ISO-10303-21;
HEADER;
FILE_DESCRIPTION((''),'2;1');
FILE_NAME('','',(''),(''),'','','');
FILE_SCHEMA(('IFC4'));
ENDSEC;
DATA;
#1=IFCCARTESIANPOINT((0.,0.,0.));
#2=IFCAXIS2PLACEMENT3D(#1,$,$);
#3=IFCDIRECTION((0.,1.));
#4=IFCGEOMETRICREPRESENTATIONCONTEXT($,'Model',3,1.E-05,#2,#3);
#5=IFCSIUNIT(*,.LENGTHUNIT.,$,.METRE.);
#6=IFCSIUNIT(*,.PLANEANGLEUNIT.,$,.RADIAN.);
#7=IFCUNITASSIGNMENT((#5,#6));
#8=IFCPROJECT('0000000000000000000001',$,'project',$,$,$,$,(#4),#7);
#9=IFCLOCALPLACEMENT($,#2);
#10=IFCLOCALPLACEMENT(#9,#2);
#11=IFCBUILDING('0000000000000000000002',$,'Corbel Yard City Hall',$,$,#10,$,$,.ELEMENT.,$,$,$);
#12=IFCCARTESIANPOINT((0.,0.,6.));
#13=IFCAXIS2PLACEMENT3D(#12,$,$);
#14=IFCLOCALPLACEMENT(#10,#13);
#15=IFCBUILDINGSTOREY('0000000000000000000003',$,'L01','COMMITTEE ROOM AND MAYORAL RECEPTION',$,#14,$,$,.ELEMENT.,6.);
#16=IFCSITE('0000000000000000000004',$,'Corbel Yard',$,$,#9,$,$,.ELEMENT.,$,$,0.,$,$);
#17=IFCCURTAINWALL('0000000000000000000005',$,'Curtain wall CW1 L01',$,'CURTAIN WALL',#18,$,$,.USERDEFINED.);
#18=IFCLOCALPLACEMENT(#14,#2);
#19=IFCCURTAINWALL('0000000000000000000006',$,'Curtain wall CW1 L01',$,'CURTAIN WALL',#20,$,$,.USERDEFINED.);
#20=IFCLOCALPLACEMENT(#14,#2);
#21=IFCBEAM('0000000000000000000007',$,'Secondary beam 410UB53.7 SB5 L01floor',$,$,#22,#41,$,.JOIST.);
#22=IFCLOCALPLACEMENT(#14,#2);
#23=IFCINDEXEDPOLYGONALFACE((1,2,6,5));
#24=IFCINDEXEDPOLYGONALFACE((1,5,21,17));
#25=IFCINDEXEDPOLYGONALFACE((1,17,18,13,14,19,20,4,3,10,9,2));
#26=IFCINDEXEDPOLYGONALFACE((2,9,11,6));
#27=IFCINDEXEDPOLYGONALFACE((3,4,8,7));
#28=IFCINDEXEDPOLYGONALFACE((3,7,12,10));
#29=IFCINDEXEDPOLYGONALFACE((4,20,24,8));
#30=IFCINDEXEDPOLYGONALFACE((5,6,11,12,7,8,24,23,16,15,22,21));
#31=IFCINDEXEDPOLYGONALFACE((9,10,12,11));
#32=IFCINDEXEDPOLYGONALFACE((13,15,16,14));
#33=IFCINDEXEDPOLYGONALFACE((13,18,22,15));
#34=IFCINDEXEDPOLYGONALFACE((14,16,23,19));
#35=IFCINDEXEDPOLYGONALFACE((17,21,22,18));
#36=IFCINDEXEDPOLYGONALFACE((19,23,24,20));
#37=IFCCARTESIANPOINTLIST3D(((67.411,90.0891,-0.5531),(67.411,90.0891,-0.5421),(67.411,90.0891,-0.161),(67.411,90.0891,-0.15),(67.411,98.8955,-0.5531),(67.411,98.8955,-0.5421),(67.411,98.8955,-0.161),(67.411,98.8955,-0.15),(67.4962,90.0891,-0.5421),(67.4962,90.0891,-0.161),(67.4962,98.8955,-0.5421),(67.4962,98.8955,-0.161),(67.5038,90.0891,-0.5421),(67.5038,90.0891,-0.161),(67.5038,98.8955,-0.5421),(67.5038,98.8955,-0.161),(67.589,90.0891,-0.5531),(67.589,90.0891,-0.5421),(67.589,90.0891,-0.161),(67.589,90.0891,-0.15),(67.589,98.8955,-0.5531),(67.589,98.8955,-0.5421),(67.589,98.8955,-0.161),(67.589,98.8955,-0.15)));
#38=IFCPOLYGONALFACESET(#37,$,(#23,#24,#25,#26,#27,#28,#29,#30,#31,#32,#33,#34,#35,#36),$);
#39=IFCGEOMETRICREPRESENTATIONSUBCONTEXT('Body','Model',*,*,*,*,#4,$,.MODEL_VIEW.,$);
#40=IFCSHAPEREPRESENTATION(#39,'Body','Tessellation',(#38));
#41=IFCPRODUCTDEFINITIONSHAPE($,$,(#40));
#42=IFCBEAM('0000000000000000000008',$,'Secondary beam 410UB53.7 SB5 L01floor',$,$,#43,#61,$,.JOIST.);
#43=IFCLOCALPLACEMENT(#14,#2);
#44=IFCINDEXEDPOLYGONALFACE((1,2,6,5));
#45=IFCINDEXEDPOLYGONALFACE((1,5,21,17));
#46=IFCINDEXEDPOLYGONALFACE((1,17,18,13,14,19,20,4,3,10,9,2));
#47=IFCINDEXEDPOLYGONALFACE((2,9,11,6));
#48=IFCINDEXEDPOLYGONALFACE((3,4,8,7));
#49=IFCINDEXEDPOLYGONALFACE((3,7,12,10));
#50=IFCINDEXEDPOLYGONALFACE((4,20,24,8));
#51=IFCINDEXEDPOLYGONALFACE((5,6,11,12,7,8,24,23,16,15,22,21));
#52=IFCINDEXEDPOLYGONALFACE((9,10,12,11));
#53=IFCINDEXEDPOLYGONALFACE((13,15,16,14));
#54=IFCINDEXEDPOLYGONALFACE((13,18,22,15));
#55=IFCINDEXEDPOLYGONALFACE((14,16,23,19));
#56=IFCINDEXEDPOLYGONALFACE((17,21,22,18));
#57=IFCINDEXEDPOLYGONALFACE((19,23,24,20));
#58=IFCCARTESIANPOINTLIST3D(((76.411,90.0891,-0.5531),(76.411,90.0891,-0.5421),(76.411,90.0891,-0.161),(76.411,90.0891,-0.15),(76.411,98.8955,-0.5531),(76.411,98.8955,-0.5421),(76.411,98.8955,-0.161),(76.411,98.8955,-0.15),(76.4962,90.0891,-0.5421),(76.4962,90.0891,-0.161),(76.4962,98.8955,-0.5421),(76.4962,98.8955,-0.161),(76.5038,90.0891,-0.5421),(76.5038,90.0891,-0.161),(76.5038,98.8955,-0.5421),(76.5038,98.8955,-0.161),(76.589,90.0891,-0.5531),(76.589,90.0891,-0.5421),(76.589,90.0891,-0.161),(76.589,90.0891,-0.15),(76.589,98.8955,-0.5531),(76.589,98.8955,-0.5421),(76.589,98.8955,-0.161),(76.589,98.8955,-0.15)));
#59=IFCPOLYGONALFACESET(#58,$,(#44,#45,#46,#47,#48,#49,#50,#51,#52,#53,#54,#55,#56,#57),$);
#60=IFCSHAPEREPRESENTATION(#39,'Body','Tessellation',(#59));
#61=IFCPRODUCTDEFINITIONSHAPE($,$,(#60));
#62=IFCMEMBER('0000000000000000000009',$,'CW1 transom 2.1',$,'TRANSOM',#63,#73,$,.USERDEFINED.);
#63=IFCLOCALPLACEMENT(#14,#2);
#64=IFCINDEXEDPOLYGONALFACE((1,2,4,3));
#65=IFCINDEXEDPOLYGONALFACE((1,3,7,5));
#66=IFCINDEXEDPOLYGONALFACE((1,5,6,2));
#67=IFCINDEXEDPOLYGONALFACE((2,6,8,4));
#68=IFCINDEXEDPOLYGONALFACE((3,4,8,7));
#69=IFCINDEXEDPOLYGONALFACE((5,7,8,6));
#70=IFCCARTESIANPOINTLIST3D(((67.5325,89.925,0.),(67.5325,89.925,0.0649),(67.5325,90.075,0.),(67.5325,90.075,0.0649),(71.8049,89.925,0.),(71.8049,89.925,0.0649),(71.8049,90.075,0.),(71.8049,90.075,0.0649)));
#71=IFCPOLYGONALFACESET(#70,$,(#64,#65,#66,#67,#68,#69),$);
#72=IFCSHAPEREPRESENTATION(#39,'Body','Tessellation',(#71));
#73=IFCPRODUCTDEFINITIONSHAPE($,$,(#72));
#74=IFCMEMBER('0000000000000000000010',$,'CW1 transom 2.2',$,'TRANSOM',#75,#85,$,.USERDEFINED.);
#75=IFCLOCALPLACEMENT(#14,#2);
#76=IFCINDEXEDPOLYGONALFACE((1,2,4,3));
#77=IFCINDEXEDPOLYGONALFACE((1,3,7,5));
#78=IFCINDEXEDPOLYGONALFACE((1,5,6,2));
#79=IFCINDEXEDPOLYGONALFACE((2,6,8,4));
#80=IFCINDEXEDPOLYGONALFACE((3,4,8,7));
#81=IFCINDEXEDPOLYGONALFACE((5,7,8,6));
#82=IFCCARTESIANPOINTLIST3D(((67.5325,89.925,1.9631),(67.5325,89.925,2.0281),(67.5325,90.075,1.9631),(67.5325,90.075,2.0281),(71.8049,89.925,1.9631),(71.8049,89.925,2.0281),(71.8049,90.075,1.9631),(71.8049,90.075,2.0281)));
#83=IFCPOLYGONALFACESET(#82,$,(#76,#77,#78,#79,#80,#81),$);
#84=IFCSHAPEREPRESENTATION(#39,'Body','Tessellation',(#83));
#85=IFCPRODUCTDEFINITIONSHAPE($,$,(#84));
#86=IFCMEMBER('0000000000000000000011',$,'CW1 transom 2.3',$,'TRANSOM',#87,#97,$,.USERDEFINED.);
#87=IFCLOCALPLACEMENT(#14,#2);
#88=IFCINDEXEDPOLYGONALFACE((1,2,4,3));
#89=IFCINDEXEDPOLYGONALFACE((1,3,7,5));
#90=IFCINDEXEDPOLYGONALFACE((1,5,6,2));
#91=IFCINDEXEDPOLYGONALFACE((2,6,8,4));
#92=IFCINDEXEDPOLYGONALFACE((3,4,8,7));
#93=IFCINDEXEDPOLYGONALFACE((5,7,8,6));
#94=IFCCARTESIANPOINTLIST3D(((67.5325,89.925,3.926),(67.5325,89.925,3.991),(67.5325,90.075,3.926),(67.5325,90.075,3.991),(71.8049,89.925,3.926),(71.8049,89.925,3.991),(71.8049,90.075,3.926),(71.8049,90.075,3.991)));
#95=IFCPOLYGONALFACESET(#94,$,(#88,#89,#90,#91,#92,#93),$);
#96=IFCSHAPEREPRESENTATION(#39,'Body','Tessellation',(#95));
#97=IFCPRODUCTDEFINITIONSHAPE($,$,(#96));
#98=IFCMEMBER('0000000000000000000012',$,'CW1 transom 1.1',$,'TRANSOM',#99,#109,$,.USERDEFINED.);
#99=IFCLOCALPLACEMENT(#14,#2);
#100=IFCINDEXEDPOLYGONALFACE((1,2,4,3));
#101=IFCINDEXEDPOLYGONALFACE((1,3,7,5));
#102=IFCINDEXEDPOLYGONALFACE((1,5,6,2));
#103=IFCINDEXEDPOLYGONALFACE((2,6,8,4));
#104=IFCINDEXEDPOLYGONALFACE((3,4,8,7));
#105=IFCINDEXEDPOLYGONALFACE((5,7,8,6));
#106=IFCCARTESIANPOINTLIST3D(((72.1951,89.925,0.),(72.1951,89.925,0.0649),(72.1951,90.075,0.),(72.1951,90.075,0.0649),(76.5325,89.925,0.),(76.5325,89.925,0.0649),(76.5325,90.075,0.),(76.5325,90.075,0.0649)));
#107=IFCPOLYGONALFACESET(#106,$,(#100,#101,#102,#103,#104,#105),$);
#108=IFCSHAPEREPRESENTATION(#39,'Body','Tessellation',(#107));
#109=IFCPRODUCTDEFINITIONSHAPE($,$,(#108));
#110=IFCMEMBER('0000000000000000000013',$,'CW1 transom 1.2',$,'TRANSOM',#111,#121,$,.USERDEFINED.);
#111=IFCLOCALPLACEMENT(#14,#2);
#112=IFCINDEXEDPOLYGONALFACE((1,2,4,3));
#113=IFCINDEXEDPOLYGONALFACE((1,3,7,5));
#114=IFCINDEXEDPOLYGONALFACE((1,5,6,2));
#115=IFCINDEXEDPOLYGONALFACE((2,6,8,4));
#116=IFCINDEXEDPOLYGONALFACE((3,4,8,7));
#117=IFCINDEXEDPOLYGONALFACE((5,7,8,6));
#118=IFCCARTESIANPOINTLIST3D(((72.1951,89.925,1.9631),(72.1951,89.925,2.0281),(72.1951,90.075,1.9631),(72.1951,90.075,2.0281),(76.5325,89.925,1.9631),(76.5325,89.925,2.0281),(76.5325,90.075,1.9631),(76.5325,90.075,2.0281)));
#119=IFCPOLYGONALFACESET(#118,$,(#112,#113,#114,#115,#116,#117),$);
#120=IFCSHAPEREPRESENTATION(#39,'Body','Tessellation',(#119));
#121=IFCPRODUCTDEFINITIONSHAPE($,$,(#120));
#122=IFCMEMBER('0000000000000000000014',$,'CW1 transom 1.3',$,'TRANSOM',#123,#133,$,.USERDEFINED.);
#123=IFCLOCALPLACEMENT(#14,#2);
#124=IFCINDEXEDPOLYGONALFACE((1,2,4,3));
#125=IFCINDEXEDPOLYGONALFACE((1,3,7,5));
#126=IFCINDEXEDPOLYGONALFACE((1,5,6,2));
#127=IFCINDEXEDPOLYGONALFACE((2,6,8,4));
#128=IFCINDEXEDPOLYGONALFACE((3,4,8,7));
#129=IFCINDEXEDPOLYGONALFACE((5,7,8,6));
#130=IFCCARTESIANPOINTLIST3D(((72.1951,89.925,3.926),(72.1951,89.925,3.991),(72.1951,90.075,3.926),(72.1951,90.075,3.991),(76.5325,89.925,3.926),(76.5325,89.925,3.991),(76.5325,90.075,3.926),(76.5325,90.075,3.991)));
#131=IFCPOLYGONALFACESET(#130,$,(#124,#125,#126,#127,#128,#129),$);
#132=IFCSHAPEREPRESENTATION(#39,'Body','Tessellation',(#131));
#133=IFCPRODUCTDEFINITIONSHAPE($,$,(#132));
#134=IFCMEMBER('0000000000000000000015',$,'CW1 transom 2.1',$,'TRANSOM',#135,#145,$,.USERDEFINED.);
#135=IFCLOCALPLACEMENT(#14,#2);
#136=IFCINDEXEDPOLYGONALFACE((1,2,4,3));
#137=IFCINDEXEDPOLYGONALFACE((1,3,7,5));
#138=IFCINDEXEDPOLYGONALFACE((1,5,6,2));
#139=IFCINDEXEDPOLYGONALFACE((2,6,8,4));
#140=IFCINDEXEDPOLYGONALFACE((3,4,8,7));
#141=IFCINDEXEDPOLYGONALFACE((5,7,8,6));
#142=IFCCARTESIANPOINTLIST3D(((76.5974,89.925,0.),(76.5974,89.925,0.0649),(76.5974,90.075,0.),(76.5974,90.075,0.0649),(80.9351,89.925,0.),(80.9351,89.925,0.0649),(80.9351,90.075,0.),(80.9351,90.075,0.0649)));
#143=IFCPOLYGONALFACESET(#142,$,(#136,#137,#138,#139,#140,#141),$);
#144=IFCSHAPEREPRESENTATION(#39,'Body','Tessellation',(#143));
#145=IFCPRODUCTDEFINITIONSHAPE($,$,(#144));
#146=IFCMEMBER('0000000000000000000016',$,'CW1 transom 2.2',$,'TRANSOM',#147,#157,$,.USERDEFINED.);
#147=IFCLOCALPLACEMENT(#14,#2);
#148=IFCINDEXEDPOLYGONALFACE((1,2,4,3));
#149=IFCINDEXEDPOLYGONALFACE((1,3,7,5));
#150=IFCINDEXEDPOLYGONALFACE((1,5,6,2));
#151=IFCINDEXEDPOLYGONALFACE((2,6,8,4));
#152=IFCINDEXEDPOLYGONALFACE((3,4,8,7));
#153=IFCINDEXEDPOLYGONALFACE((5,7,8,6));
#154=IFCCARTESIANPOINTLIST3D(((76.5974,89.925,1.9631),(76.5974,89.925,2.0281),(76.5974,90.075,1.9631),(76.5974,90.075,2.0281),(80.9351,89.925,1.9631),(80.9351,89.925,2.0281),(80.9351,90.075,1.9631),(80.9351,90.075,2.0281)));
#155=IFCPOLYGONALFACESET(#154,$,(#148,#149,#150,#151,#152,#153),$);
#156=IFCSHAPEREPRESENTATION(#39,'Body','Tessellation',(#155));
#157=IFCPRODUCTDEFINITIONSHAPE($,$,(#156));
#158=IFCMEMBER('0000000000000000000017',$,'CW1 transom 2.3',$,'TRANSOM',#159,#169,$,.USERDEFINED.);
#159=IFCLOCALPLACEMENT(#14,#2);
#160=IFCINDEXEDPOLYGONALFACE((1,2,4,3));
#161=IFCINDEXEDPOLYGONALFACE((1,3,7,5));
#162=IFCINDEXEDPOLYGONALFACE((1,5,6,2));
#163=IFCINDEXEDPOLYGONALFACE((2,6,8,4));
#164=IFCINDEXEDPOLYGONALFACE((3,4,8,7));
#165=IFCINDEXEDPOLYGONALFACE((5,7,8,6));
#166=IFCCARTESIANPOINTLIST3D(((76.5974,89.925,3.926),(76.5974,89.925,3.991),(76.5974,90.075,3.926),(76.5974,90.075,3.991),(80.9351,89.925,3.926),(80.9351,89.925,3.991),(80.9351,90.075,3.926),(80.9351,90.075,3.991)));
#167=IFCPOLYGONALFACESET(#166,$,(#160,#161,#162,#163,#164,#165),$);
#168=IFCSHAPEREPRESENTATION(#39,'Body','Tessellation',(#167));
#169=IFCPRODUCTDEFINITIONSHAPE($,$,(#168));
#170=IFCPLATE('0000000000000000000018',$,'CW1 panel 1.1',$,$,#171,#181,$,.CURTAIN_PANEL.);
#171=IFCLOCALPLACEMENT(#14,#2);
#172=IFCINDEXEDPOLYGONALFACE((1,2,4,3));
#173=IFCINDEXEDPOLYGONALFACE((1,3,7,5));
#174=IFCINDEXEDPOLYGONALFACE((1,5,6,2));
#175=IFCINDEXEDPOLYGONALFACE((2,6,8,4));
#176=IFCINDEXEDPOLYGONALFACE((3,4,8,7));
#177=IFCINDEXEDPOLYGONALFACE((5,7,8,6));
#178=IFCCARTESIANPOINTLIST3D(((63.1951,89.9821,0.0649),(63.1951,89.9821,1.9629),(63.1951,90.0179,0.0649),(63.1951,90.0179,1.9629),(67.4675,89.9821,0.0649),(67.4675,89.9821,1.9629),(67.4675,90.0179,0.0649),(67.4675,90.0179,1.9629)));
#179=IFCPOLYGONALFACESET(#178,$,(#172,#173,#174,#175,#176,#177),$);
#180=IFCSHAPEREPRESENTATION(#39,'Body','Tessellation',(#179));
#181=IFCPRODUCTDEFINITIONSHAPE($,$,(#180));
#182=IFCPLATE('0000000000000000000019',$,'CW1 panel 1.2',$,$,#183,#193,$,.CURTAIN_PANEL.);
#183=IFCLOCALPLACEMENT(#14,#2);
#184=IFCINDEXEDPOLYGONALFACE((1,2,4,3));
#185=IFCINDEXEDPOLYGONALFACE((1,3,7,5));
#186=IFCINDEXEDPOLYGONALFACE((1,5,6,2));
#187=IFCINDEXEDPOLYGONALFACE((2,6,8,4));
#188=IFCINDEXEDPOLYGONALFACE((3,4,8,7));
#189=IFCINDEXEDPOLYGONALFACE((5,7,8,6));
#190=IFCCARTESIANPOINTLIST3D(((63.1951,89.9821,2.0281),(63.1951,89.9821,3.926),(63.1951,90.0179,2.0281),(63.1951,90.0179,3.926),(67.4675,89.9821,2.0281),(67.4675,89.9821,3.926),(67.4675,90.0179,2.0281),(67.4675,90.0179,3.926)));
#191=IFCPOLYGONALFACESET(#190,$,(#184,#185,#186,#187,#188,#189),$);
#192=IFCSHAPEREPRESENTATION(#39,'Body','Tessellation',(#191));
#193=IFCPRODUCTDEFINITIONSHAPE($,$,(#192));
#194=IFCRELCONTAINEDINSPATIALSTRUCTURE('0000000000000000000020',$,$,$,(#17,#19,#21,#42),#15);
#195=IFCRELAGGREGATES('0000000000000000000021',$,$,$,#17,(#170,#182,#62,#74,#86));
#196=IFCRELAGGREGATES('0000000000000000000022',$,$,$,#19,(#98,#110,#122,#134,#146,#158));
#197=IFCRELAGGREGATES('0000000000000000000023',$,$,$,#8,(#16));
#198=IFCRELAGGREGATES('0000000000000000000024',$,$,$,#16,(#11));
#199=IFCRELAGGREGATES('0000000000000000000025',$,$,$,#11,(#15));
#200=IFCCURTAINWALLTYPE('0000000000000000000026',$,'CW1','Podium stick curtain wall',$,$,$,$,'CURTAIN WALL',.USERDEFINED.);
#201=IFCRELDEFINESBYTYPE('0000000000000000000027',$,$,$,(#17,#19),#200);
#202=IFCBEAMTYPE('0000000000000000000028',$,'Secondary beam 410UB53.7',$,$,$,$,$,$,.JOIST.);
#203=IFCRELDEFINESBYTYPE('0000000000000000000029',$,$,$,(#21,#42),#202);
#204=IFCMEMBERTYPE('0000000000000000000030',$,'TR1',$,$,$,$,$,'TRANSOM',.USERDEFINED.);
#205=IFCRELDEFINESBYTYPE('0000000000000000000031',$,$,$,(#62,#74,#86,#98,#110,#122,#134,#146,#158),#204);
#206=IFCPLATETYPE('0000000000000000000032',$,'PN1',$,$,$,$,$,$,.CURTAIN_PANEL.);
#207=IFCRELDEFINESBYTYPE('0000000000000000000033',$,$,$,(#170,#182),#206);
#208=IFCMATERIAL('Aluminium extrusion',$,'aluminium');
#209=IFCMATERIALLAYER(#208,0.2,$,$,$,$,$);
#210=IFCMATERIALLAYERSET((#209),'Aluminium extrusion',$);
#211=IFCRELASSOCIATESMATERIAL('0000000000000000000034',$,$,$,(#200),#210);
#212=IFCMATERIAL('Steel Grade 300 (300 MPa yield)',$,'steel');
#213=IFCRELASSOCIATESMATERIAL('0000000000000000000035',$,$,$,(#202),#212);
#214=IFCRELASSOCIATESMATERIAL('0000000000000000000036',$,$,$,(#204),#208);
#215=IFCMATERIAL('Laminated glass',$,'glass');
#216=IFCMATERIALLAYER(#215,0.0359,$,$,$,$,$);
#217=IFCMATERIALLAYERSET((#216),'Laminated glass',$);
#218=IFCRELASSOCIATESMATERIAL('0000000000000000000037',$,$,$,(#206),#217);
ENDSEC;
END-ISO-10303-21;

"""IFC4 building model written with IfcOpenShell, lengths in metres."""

from ifc_helpers import new_model, si_unit, direction, frame, origin, origin_2d, place, context, subcontext, project, spatial, rectangle, i_section, extrude, material, layer, layer_set, material_profile, profile_set, type_object, element, aggregate, save


model = new_model("IFC4")

# Units and contexts
model_context = context("Model", 3, precision=1e-05, world=origin(), true_north=direction((0.0, 1.0)))
body_context = subcontext(model_context, "Body", "Model", "MODEL_VIEW")
ifc_project = project(units=[si_unit("LENGTHUNIT", "METRE"), si_unit("PLANEANGLEUNIT", "RADIAN")], contexts=[model_context])

# Site, building, storey
site_placement = place(None, origin())
site = spatial("IfcSite", under=ifc_project, at=site_placement, Name="Corbel Yard", CompositionType="ELEMENT", RefElevation=0.0)
building_placement = place(site_placement, origin())
building = spatial("IfcBuilding", under=site, at=building_placement, Name="Corbel Yard City Hall", CompositionType="ELEMENT")
storey_placement = place(building_placement, frame((0.0, 0.0, 6.0)))
storey = spatial("IfcBuildingStorey", under=building, at=storey_placement, Name="L01", Description="COMMITTEE ROOM AND MAYORAL RECEPTION", CompositionType="ELEMENT", Elevation=6.0)

# Shared definitions
ifc_material_1 = material(Name="Steel Grade 300 (300 MPa yield)", Category="steel")

# Curtain walls
ifc_material_2 = material(Name="Aluminium extrusion", Category="aluminium")
ifc_layer_1 = layer(ifc_material_2, 0.2)
ifc_layer_set_1 = layer_set([ifc_layer_1], Name="Aluminium extrusion")
curtain_wall_type = type_object("IfcCurtainWallType", Name="CW1", Description="Podium stick curtain wall", ElementType="CURTAIN WALL", PredefinedType="USERDEFINED", material=ifc_layer_set_1)
curtain_wall_1_placement = place(storey_placement, origin())
curtain_wall_1 = element("IfcCurtainWall", 1, at=curtain_wall_1_placement, inside=storey, type_object=curtain_wall_type, Name="Curtain wall CW1 L01", ObjectType="CURTAIN WALL", PredefinedType="USERDEFINED")
curtain_wall_2_placement = place(storey_placement, origin())
curtain_wall_2 = element("IfcCurtainWall", 2, at=curtain_wall_2_placement, inside=storey, type_object=curtain_wall_type, Name="Curtain wall CW1 L01", ObjectType="CURTAIN WALL", PredefinedType="USERDEFINED")

# Beams
ifc_material_profile_1 = material_profile(ifc_material_1, i_section(OverallWidth=0.178, OverallDepth=0.4031, WebThickness=0.0076, FlangeThickness=0.011, at=origin_2d()), Name="410UB53.7")
ifc_profile_set_1 = profile_set([ifc_material_profile_1], Name="Steel Grade 300 (300 MPa yield)")
beam_type_1 = type_object("IfcBeamType", Name="Secondary beam 410UB53.7", PredefinedType="JOIST", material=ifc_profile_set_1)
for number, where, z_axis, x_axis, name in (
    (3, (67.5, 90.0891, -0.3516), (0.0, 1.0, 0.0), (-1.0, 0.0, 0.0), "Secondary beam 410UB53.7 SB5 L01floor"),
    (4, (76.5, 90.0891, -0.3516), (0.0, 1.0, 0.0), (-1.0, 0.0, 0.0), "Secondary beam 410UB53.7 SB5 L01floor"),
):
    element("IfcBeam", number, at=place(storey_placement, frame(where, z_axis=z_axis, x_axis=x_axis)), inside=storey, type_object=beam_type_1, Name=name, PredefinedType="JOIST", context=body_context, shape_type="SweptSolid", body=[
        extrude(i_section(OverallWidth=0.178, OverallDepth=0.4031, WebThickness=0.0076, FlangeThickness=0.011, at=origin_2d()), origin(), (0.0, 0.0, 1.0), 8.8064),
    ])

# Members
ifc_material_profile_2 = material_profile(ifc_material_2, rectangle(XDim=0.1499, YDim=0.0649, at=origin_2d()), Name="150x65")
ifc_profile_set_2 = profile_set([ifc_material_profile_2], Name="Aluminium extrusion")
member_type_1 = type_object("IfcMemberType", Name="TR1", ElementType="TRANSOM", PredefinedType="USERDEFINED", material=ifc_profile_set_2)
member_1_placement = place(storey_placement, frame((67.5325, 90.0, 0.0325), z_axis=(1.0, 0.0, 0.0), x_axis=(0.0, 1.0, 0.0)))
member_1 = element("IfcMember", 5, at=member_1_placement, type_object=member_type_1, Name="CW1 transom 2.1", ObjectType="TRANSOM", PredefinedType="USERDEFINED", context=body_context, shape_type="SweptSolid", body=[
    extrude(rectangle(XDim=0.1499, YDim=0.0649, at=origin_2d()), origin(), (0.0, 0.0, 1.0), 4.2725),
])
member_2_placement = place(storey_placement, frame((67.5325, 90.0, 1.9956), z_axis=(1.0, 0.0, 0.0), x_axis=(0.0, 1.0, 0.0)))
member_2 = element("IfcMember", 6, at=member_2_placement, type_object=member_type_1, Name="CW1 transom 2.2", ObjectType="TRANSOM", PredefinedType="USERDEFINED", context=body_context, shape_type="SweptSolid", body=[
    extrude(rectangle(XDim=0.1499, YDim=0.0649, at=origin_2d()), origin(), (0.0, 0.0, 1.0), 4.2725),
])
member_3_placement = place(storey_placement, frame((67.5325, 90.0, 3.9585), z_axis=(1.0, 0.0, 0.0), x_axis=(0.0, 1.0, 0.0)))
member_3 = element("IfcMember", 7, at=member_3_placement, type_object=member_type_1, Name="CW1 transom 2.3", ObjectType="TRANSOM", PredefinedType="USERDEFINED", context=body_context, shape_type="SweptSolid", body=[
    extrude(rectangle(XDim=0.1499, YDim=0.0649, at=origin_2d()), origin(), (0.0, 0.0, 1.0), 4.2725),
])
member_4_placement = place(storey_placement, frame((72.1951, 90.0, 0.0325), z_axis=(1.0, 0.0, 0.0), x_axis=(0.0, 1.0, 0.0)))
member_4 = element("IfcMember", 8, at=member_4_placement, type_object=member_type_1, Name="CW1 transom 1.1", ObjectType="TRANSOM", PredefinedType="USERDEFINED", context=body_context, shape_type="SweptSolid", body=[
    extrude(rectangle(XDim=0.1499, YDim=0.0649, at=origin_2d()), origin(), (0.0, 0.0, 1.0), 4.3374),
])
member_5_placement = place(storey_placement, frame((72.1951, 90.0, 1.9956), z_axis=(1.0, 0.0, 0.0), x_axis=(0.0, 1.0, 0.0)))
member_5 = element("IfcMember", 9, at=member_5_placement, type_object=member_type_1, Name="CW1 transom 1.2", ObjectType="TRANSOM", PredefinedType="USERDEFINED", context=body_context, shape_type="SweptSolid", body=[
    extrude(rectangle(XDim=0.1499, YDim=0.0649, at=origin_2d()), origin(), (0.0, 0.0, 1.0), 4.3374),
])
member_6_placement = place(storey_placement, frame((72.1951, 90.0, 3.9585), z_axis=(1.0, 0.0, 0.0), x_axis=(0.0, 1.0, 0.0)))
member_6 = element("IfcMember", 10, at=member_6_placement, type_object=member_type_1, Name="CW1 transom 1.3", ObjectType="TRANSOM", PredefinedType="USERDEFINED", context=body_context, shape_type="SweptSolid", body=[
    extrude(rectangle(XDim=0.1499, YDim=0.0649, at=origin_2d()), origin(), (0.0, 0.0, 1.0), 4.3374),
])
member_7_placement = place(storey_placement, frame((76.5974, 90.0, 0.0325), z_axis=(1.0, 0.0, 0.0), x_axis=(0.0, 1.0, 0.0)))
member_7 = element("IfcMember", 11, at=member_7_placement, type_object=member_type_1, Name="CW1 transom 2.1", ObjectType="TRANSOM", PredefinedType="USERDEFINED", context=body_context, shape_type="SweptSolid", body=[
    extrude(rectangle(XDim=0.1499, YDim=0.0649, at=origin_2d()), origin(), (0.0, 0.0, 1.0), 4.3376),
])
member_8_placement = place(storey_placement, frame((76.5974, 90.0, 1.9956), z_axis=(1.0, 0.0, 0.0), x_axis=(0.0, 1.0, 0.0)))
member_8 = element("IfcMember", 12, at=member_8_placement, type_object=member_type_1, Name="CW1 transom 2.2", ObjectType="TRANSOM", PredefinedType="USERDEFINED", context=body_context, shape_type="SweptSolid", body=[
    extrude(rectangle(XDim=0.1499, YDim=0.0649, at=origin_2d()), origin(), (0.0, 0.0, 1.0), 4.3376),
])
member_9_placement = place(storey_placement, frame((76.5974, 90.0, 3.9585), z_axis=(1.0, 0.0, 0.0), x_axis=(0.0, 1.0, 0.0)))
member_9 = element("IfcMember", 13, at=member_9_placement, type_object=member_type_1, Name="CW1 transom 2.3", ObjectType="TRANSOM", PredefinedType="USERDEFINED", context=body_context, shape_type="SweptSolid", body=[
    extrude(rectangle(XDim=0.1499, YDim=0.0649, at=origin_2d()), origin(), (0.0, 0.0, 1.0), 4.3376),
])

# Plates
ifc_material_3 = material(Name="Laminated glass", Category="glass")
ifc_layer_2 = layer(ifc_material_3, 0.0359)
ifc_layer_set_2 = layer_set([ifc_layer_2], Name="Laminated glass")
plate_type = type_object("IfcPlateType", Name="PN1", PredefinedType="CURTAIN_PANEL", material=ifc_layer_set_2)
plate_1_placement = place(storey_placement, frame((65.3313, 90.0, 0.0649), z_axis=(0.0, 0.0, 1.0), x_axis=(1.0, 0.0, 0.0)))
plate_1 = element("IfcPlate", 14, at=plate_1_placement, type_object=plate_type, Name="CW1 panel 1.1", PredefinedType="CURTAIN_PANEL", context=body_context, shape_type="SweptSolid", body=[
    extrude(rectangle(XDim=4.2725, YDim=0.0359, at=origin_2d()), origin(), (0.0, 0.0, 1.0), 1.8979),
])
plate_2_placement = place(storey_placement, frame((65.3313, 90.0, 2.0281), z_axis=(0.0, 0.0, 1.0), x_axis=(1.0, 0.0, 0.0)))
plate_2 = element("IfcPlate", 15, at=plate_2_placement, type_object=plate_type, Name="CW1 panel 1.2", PredefinedType="CURTAIN_PANEL", context=body_context, shape_type="SweptSolid", body=[
    extrude(rectangle(XDim=4.2725, YDim=0.0359, at=origin_2d()), origin(), (0.0, 0.0, 1.0), 1.8979),
])
aggregate(curtain_wall_1, [plate_1, plate_2, member_1, member_2, member_3])
aggregate(curtain_wall_2, [member_4, member_5, member_6, member_7, member_8, member_9])

save(model, "model.ifc")
